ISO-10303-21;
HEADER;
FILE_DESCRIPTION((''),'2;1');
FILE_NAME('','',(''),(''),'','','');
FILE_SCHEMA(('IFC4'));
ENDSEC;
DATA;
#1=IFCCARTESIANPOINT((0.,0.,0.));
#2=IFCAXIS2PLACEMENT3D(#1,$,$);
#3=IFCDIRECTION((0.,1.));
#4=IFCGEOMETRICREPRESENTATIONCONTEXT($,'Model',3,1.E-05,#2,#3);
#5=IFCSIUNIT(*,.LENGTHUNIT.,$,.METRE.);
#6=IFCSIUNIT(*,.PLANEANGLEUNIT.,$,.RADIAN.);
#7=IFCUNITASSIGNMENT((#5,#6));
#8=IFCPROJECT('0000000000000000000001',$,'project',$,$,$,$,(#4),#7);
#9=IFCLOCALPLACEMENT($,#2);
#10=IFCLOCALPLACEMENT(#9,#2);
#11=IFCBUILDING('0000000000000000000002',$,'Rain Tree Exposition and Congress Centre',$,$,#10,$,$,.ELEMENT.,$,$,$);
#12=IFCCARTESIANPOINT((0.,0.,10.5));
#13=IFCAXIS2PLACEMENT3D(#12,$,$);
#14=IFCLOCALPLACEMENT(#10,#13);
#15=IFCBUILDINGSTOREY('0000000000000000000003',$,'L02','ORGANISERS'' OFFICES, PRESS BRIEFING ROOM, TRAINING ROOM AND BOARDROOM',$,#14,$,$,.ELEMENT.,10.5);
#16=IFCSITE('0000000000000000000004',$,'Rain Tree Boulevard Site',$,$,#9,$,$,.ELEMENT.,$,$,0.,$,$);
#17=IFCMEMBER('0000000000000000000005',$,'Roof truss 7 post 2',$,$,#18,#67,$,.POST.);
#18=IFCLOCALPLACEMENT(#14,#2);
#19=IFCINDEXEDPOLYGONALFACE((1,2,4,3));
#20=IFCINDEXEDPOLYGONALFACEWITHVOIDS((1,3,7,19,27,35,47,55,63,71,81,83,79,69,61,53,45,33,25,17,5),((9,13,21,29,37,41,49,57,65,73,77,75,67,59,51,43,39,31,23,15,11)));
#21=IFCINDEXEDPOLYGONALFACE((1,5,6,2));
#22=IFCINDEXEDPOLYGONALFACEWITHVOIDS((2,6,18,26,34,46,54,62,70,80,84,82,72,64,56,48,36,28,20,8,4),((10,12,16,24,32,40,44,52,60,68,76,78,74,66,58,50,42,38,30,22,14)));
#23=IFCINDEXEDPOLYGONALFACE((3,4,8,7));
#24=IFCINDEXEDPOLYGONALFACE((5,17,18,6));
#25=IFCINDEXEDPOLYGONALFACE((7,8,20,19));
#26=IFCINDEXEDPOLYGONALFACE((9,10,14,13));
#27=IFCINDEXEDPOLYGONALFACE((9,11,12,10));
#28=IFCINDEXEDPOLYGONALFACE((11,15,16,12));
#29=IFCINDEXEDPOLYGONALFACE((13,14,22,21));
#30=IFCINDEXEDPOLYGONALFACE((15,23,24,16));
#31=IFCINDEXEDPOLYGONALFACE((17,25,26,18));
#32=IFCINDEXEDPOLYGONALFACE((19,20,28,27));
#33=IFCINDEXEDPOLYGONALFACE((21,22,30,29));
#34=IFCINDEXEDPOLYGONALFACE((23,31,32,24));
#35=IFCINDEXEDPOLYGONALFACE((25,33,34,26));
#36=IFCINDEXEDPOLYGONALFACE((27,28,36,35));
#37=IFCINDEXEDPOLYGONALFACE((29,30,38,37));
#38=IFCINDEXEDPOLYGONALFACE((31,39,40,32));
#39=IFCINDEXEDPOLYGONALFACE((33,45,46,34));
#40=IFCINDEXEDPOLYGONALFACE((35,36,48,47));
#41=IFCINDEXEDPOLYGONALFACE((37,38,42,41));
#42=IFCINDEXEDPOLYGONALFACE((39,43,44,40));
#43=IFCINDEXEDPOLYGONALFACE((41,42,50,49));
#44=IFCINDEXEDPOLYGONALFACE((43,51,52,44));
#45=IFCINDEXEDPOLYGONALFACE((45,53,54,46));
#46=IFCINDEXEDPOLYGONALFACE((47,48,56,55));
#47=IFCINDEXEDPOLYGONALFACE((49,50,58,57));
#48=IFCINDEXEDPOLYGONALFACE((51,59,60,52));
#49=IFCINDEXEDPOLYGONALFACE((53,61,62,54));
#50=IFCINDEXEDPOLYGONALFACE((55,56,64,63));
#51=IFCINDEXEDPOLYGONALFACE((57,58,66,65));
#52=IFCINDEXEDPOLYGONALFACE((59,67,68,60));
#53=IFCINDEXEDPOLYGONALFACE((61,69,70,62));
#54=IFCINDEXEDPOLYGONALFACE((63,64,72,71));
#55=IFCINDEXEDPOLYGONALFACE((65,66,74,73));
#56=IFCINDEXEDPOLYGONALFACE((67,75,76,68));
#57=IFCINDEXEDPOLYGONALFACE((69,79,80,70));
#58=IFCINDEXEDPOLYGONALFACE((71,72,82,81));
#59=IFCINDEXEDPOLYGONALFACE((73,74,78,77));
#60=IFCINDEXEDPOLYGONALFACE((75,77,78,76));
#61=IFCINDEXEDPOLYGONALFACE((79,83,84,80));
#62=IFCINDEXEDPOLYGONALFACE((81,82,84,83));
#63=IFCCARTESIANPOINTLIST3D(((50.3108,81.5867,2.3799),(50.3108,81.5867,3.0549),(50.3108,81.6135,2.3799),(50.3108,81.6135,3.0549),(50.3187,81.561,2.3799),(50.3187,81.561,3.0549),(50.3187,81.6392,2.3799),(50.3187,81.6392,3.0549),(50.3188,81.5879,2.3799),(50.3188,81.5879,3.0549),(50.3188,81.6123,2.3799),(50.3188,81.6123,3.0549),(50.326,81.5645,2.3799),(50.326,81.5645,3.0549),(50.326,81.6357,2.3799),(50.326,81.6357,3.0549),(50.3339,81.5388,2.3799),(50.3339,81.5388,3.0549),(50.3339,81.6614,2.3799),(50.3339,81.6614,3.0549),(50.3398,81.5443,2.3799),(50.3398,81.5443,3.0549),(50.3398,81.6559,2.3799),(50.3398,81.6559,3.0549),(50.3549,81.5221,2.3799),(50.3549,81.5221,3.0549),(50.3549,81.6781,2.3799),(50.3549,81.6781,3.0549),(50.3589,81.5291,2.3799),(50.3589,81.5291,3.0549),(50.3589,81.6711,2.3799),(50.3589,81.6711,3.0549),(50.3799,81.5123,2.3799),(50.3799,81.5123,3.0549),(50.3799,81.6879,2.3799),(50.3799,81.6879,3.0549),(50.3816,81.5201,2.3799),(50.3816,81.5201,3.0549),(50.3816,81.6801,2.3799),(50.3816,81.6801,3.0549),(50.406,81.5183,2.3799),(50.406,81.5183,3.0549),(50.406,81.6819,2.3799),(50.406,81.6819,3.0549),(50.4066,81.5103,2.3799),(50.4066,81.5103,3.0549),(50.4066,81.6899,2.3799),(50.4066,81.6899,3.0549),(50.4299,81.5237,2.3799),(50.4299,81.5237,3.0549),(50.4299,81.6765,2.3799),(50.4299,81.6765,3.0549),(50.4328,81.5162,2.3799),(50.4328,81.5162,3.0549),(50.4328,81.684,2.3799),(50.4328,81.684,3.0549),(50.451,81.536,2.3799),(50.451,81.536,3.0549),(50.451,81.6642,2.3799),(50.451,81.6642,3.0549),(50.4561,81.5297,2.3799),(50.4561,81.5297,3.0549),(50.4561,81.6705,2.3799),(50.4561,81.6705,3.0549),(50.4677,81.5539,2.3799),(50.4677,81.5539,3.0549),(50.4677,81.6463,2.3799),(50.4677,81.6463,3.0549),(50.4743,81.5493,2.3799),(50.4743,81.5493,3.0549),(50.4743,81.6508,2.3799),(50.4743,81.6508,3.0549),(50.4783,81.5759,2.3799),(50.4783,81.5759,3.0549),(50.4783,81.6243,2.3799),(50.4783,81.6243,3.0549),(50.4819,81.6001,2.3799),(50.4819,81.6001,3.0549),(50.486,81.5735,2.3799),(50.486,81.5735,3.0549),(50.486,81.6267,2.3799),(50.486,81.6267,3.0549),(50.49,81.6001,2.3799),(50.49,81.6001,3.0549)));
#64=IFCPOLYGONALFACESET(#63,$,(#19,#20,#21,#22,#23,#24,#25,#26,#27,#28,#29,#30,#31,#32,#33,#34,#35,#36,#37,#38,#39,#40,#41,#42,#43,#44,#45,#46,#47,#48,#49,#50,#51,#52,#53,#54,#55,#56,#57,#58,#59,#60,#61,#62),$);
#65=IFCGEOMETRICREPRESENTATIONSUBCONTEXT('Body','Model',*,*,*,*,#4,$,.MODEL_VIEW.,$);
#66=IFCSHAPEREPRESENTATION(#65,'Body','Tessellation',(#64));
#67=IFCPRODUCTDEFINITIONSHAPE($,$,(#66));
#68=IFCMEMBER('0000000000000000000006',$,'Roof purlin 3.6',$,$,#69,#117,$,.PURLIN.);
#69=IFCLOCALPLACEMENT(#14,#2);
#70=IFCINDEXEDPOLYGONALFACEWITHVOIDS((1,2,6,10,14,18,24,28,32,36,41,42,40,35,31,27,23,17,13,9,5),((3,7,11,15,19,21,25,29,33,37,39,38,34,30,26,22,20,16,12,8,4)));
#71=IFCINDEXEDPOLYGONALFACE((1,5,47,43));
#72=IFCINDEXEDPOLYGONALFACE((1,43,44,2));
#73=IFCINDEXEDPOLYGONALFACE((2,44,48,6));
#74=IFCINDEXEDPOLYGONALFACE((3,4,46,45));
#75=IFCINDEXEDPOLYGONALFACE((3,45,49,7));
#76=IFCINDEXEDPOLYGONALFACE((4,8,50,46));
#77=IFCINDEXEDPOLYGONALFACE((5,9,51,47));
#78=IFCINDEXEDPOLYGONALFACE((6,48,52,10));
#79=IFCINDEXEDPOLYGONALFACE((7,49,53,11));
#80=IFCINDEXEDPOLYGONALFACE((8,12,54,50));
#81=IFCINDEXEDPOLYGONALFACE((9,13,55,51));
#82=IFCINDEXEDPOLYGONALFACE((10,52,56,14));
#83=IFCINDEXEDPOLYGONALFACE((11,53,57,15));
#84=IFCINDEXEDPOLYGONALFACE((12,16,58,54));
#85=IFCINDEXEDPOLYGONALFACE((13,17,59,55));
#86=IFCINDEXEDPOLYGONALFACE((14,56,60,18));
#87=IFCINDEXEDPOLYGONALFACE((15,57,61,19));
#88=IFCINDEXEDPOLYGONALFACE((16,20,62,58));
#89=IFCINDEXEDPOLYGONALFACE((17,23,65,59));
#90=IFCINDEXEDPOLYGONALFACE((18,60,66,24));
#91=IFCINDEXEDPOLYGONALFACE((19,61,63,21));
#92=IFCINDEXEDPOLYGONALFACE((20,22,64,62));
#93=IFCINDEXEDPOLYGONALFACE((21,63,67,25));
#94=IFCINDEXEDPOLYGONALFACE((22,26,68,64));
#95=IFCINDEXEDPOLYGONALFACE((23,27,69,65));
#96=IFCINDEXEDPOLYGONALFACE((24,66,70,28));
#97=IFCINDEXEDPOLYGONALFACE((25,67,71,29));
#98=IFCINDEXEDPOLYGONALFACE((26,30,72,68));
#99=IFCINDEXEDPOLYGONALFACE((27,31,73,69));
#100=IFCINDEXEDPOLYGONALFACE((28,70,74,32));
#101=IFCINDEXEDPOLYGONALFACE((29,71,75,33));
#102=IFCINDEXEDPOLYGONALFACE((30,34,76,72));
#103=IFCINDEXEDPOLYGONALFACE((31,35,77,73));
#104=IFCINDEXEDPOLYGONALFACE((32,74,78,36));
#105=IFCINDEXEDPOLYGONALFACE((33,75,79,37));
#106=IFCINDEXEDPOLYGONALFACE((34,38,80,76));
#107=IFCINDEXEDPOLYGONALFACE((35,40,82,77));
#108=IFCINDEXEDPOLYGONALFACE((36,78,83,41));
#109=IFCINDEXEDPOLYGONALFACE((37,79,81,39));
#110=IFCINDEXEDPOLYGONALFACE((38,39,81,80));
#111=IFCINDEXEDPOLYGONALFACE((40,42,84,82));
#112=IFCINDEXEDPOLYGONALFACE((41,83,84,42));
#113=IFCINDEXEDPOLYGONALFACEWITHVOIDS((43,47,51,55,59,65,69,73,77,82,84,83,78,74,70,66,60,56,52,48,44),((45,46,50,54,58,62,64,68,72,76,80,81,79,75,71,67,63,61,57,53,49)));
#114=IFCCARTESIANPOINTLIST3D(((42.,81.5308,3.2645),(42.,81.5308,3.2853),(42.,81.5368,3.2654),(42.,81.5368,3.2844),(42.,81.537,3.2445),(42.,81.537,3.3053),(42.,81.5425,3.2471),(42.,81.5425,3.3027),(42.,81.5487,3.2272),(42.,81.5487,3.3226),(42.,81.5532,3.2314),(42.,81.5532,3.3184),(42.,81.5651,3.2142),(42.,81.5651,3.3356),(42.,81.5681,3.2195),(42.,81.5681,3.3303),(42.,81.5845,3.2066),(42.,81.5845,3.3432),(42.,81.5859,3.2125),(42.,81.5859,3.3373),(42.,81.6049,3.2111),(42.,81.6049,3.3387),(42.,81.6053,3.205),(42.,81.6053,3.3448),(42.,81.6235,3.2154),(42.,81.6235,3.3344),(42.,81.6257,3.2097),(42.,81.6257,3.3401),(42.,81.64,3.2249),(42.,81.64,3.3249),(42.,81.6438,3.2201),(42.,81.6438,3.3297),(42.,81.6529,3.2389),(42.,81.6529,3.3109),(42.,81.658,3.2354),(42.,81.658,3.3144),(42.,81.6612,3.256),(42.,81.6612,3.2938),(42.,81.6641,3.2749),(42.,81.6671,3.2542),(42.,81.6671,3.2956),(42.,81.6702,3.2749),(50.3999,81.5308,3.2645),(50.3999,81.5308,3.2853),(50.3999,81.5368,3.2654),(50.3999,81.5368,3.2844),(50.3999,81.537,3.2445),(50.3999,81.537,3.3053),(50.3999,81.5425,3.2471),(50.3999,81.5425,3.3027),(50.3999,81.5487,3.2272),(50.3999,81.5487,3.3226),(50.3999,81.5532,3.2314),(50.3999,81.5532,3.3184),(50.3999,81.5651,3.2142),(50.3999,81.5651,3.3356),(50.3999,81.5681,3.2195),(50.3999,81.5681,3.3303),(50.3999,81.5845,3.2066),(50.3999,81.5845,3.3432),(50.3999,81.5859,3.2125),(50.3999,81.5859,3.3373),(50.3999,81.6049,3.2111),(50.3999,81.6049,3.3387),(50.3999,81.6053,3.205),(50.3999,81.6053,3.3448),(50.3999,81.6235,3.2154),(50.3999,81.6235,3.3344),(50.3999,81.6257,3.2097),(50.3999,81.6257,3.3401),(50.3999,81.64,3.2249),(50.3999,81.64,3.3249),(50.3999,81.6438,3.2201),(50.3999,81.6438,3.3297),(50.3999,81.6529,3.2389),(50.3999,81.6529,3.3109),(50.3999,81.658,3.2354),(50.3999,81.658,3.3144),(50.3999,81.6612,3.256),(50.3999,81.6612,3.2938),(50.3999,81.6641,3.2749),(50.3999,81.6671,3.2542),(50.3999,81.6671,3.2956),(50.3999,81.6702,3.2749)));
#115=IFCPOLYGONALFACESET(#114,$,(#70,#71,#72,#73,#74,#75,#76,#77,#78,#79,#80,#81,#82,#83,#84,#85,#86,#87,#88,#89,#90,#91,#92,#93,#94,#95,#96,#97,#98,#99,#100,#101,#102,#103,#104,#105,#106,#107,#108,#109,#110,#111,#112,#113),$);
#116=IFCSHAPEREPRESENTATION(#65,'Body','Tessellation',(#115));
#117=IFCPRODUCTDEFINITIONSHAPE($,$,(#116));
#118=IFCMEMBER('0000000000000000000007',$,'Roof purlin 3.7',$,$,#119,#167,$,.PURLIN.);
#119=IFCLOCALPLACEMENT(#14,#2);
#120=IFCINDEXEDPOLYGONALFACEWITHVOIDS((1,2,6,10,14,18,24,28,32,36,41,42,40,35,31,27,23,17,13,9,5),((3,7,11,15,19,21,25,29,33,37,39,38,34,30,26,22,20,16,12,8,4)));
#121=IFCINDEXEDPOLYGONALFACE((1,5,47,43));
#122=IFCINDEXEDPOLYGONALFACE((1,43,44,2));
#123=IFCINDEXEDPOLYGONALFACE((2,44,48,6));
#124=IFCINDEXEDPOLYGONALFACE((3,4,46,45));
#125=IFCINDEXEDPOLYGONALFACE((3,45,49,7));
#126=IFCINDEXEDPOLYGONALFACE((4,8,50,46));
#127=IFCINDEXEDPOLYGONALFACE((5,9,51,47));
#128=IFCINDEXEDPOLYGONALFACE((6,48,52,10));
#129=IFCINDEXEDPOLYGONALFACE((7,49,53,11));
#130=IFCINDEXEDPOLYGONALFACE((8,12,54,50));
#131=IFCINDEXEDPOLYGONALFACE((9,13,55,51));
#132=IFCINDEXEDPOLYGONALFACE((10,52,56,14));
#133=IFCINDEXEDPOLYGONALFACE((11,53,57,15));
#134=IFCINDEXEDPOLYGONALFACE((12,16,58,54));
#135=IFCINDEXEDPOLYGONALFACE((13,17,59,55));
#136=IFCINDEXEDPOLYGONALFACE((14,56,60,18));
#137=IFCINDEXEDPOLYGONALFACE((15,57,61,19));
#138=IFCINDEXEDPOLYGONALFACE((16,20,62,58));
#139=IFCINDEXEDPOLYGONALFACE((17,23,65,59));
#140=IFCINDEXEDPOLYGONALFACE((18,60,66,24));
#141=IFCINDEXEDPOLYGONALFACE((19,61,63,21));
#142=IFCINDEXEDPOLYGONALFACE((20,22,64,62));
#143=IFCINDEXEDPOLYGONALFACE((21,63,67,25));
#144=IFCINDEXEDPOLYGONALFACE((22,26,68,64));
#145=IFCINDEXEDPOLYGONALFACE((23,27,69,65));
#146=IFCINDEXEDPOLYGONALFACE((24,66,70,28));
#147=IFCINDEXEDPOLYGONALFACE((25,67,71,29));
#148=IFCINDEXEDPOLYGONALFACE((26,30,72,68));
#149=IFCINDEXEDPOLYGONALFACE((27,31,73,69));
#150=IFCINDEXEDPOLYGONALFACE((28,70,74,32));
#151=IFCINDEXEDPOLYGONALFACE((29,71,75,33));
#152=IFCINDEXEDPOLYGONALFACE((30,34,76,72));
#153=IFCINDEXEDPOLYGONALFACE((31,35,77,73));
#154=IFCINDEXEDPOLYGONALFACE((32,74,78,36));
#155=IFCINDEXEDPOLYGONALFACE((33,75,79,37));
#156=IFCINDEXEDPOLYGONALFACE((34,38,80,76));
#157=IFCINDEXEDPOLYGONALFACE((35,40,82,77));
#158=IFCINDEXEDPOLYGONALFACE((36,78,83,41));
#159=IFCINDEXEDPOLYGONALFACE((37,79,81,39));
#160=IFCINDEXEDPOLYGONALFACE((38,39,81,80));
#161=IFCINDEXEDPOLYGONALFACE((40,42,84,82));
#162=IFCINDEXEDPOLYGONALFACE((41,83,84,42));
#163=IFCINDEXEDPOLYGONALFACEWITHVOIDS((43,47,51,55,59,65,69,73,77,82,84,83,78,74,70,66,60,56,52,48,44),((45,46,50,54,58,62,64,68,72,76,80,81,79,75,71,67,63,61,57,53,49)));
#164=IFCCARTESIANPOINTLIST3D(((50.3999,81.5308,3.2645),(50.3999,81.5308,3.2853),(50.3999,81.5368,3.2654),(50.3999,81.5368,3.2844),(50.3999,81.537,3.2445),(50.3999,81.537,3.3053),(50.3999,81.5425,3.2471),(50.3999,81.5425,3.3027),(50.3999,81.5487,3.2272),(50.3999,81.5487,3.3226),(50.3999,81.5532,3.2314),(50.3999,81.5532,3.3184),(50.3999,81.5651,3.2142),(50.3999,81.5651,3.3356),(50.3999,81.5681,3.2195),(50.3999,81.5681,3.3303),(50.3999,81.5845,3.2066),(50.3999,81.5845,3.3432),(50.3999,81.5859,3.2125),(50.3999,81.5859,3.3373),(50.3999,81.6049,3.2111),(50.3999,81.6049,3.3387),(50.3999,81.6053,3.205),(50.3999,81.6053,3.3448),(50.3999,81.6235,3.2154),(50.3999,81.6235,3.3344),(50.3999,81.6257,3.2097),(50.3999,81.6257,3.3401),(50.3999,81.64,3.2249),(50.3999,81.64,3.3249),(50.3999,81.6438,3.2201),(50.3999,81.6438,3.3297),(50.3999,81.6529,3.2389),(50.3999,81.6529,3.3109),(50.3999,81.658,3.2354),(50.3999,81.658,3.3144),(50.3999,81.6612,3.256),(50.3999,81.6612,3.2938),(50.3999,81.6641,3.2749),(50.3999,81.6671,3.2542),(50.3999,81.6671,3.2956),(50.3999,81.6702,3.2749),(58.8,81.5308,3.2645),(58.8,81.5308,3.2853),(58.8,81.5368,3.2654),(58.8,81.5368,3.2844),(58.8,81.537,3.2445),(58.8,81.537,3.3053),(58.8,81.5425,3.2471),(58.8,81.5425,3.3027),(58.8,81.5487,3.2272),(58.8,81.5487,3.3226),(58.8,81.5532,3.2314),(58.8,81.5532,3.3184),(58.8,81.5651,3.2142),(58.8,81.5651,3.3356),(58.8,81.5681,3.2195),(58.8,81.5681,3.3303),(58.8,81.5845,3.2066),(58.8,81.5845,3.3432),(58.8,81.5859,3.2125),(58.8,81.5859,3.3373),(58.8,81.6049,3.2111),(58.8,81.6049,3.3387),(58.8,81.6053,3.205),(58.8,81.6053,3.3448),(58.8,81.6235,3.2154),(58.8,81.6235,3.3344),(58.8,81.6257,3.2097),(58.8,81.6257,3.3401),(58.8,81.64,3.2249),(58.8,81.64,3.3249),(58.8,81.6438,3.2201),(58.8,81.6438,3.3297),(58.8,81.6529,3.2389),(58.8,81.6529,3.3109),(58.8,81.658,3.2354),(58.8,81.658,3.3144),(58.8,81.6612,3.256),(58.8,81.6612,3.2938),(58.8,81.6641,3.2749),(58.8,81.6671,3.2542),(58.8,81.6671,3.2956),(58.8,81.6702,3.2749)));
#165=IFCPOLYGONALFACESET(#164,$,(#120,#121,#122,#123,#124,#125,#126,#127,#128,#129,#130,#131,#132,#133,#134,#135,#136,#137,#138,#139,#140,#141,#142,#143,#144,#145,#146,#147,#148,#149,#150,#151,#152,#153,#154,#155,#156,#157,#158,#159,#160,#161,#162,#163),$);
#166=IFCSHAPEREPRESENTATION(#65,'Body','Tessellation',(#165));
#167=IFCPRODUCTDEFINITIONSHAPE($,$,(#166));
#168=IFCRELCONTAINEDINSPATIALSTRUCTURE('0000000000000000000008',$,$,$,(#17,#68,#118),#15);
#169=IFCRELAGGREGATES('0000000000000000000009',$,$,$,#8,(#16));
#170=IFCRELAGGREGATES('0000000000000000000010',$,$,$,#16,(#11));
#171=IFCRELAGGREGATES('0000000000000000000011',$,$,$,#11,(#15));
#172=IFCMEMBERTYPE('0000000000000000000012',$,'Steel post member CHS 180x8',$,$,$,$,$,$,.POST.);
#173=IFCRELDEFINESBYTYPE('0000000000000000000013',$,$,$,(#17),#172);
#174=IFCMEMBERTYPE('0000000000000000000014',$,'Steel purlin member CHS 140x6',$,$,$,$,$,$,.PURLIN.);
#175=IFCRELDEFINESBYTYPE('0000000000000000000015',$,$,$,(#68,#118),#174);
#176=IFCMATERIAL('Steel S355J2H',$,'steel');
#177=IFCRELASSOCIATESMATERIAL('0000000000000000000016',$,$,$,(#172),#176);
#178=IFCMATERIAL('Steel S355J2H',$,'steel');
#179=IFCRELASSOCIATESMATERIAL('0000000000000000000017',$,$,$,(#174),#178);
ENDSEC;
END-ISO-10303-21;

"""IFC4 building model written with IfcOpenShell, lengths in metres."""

from ifc_helpers import new_model, si_unit, direction, frame, origin, origin_2d, place, context, subcontext, project, spatial, hollow_circle, extrude, material, material_profile, profile_set, type_object, element, save


model = new_model("IFC4")

# Units and contexts
model_context = context("Model", 3, precision=1e-05, world=origin(), true_north=direction((0.0, 1.0)))
body_context = subcontext(model_context, "Body", "Model", "MODEL_VIEW")
ifc_project = project(units=[si_unit("LENGTHUNIT", "METRE"), si_unit("PLANEANGLEUNIT", "RADIAN")], contexts=[model_context])

# Site, building, storey
site_placement = place(None, origin())
site = spatial("IfcSite", under=ifc_project, at=site_placement, Name="Rain Tree Boulevard Site", CompositionType="ELEMENT", RefElevation=0.0)
building_placement = place(site_placement, origin())
building = spatial("IfcBuilding", under=site, at=building_placement, Name="Rain Tree Exposition and Congress Centre", CompositionType="ELEMENT")
storey_placement = place(building_placement, frame((0.0, 0.0, 10.5)))
storey = spatial("IfcBuildingStorey", under=building, at=storey_placement, Name="L02", Description="ORGANISERS' OFFICES, PRESS BRIEFING ROOM, TRAINING ROOM AND BOARDROOM", CompositionType="ELEMENT", Elevation=10.5)

# Members
ifc_material_1 = material(Name="Steel S355J2H", Category="steel")
ifc_material_profile_1 = material_profile(ifc_material_1, hollow_circle(Radius=0.0901, WallThickness=0.0081, at=origin_2d()), Name="CHS 180x8")
ifc_profile_set_1 = profile_set([ifc_material_profile_1], Name="Steel S355J2H")
member_type_1 = type_object("IfcMemberType", Name="Steel post member CHS 180x8", PredefinedType="POST", material=ifc_profile_set_1)
member_1_placement = place(storey_placement, frame((50.3999, 81.6001, 2.3799), z_axis=(0.0, 0.0, 1.0), x_axis=(1.0, 0.0, 0.0)))
element("IfcMember", 1, at=member_1_placement, inside=storey, type_object=member_type_1, Name="Roof truss 7 post 2", PredefinedType="POST", context=body_context, shape_type="SweptSolid", body=[
    extrude(hollow_circle(Radius=0.0901, WallThickness=0.0081, at=origin_2d()), origin(), (0.0, 0.0, 1.0), 0.675),
])
ifc_material_2 = material(Name="Steel S355J2H", Category="steel")
ifc_material_profile_2 = material_profile(ifc_material_2, hollow_circle(Radius=0.0701, WallThickness=0.0061, at=origin_2d()), Name="CHS 140x6")
ifc_profile_set_2 = profile_set([ifc_material_profile_2], Name="Steel S355J2H")
member_type_2 = type_object("IfcMemberType", Name="Steel purlin member CHS 140x6", PredefinedType="PURLIN", material=ifc_profile_set_2)
member_2_placement = place(storey_placement, frame((42.0, 81.6001, 3.2749), z_axis=(1.0, 0.0, 0.0), x_axis=(0.0, 1.0, 0.0)))
element("IfcMember", 2, at=member_2_placement, inside=storey, type_object=member_type_2, Name="Roof purlin 3.6", PredefinedType="PURLIN", context=body_context, shape_type="SweptSolid", body=[
    extrude(hollow_circle(Radius=0.0701, WallThickness=0.0061, at=origin_2d()), origin(), (0.0, 0.0, 1.0), 8.3999),
])
member_3_placement = place(storey_placement, frame((50.3999, 81.6001, 3.2749), z_axis=(1.0, 0.0, 0.0), x_axis=(0.0, 1.0, 0.0)))
element("IfcMember", 3, at=member_3_placement, inside=storey, type_object=member_type_2, Name="Roof purlin 3.7", PredefinedType="PURLIN", context=body_context, shape_type="SweptSolid", body=[
    extrude(hollow_circle(Radius=0.0701, WallThickness=0.0061, at=origin_2d()), origin(), (0.0, 0.0, 1.0), 8.4001),
])

save(model, "model.ifc")
